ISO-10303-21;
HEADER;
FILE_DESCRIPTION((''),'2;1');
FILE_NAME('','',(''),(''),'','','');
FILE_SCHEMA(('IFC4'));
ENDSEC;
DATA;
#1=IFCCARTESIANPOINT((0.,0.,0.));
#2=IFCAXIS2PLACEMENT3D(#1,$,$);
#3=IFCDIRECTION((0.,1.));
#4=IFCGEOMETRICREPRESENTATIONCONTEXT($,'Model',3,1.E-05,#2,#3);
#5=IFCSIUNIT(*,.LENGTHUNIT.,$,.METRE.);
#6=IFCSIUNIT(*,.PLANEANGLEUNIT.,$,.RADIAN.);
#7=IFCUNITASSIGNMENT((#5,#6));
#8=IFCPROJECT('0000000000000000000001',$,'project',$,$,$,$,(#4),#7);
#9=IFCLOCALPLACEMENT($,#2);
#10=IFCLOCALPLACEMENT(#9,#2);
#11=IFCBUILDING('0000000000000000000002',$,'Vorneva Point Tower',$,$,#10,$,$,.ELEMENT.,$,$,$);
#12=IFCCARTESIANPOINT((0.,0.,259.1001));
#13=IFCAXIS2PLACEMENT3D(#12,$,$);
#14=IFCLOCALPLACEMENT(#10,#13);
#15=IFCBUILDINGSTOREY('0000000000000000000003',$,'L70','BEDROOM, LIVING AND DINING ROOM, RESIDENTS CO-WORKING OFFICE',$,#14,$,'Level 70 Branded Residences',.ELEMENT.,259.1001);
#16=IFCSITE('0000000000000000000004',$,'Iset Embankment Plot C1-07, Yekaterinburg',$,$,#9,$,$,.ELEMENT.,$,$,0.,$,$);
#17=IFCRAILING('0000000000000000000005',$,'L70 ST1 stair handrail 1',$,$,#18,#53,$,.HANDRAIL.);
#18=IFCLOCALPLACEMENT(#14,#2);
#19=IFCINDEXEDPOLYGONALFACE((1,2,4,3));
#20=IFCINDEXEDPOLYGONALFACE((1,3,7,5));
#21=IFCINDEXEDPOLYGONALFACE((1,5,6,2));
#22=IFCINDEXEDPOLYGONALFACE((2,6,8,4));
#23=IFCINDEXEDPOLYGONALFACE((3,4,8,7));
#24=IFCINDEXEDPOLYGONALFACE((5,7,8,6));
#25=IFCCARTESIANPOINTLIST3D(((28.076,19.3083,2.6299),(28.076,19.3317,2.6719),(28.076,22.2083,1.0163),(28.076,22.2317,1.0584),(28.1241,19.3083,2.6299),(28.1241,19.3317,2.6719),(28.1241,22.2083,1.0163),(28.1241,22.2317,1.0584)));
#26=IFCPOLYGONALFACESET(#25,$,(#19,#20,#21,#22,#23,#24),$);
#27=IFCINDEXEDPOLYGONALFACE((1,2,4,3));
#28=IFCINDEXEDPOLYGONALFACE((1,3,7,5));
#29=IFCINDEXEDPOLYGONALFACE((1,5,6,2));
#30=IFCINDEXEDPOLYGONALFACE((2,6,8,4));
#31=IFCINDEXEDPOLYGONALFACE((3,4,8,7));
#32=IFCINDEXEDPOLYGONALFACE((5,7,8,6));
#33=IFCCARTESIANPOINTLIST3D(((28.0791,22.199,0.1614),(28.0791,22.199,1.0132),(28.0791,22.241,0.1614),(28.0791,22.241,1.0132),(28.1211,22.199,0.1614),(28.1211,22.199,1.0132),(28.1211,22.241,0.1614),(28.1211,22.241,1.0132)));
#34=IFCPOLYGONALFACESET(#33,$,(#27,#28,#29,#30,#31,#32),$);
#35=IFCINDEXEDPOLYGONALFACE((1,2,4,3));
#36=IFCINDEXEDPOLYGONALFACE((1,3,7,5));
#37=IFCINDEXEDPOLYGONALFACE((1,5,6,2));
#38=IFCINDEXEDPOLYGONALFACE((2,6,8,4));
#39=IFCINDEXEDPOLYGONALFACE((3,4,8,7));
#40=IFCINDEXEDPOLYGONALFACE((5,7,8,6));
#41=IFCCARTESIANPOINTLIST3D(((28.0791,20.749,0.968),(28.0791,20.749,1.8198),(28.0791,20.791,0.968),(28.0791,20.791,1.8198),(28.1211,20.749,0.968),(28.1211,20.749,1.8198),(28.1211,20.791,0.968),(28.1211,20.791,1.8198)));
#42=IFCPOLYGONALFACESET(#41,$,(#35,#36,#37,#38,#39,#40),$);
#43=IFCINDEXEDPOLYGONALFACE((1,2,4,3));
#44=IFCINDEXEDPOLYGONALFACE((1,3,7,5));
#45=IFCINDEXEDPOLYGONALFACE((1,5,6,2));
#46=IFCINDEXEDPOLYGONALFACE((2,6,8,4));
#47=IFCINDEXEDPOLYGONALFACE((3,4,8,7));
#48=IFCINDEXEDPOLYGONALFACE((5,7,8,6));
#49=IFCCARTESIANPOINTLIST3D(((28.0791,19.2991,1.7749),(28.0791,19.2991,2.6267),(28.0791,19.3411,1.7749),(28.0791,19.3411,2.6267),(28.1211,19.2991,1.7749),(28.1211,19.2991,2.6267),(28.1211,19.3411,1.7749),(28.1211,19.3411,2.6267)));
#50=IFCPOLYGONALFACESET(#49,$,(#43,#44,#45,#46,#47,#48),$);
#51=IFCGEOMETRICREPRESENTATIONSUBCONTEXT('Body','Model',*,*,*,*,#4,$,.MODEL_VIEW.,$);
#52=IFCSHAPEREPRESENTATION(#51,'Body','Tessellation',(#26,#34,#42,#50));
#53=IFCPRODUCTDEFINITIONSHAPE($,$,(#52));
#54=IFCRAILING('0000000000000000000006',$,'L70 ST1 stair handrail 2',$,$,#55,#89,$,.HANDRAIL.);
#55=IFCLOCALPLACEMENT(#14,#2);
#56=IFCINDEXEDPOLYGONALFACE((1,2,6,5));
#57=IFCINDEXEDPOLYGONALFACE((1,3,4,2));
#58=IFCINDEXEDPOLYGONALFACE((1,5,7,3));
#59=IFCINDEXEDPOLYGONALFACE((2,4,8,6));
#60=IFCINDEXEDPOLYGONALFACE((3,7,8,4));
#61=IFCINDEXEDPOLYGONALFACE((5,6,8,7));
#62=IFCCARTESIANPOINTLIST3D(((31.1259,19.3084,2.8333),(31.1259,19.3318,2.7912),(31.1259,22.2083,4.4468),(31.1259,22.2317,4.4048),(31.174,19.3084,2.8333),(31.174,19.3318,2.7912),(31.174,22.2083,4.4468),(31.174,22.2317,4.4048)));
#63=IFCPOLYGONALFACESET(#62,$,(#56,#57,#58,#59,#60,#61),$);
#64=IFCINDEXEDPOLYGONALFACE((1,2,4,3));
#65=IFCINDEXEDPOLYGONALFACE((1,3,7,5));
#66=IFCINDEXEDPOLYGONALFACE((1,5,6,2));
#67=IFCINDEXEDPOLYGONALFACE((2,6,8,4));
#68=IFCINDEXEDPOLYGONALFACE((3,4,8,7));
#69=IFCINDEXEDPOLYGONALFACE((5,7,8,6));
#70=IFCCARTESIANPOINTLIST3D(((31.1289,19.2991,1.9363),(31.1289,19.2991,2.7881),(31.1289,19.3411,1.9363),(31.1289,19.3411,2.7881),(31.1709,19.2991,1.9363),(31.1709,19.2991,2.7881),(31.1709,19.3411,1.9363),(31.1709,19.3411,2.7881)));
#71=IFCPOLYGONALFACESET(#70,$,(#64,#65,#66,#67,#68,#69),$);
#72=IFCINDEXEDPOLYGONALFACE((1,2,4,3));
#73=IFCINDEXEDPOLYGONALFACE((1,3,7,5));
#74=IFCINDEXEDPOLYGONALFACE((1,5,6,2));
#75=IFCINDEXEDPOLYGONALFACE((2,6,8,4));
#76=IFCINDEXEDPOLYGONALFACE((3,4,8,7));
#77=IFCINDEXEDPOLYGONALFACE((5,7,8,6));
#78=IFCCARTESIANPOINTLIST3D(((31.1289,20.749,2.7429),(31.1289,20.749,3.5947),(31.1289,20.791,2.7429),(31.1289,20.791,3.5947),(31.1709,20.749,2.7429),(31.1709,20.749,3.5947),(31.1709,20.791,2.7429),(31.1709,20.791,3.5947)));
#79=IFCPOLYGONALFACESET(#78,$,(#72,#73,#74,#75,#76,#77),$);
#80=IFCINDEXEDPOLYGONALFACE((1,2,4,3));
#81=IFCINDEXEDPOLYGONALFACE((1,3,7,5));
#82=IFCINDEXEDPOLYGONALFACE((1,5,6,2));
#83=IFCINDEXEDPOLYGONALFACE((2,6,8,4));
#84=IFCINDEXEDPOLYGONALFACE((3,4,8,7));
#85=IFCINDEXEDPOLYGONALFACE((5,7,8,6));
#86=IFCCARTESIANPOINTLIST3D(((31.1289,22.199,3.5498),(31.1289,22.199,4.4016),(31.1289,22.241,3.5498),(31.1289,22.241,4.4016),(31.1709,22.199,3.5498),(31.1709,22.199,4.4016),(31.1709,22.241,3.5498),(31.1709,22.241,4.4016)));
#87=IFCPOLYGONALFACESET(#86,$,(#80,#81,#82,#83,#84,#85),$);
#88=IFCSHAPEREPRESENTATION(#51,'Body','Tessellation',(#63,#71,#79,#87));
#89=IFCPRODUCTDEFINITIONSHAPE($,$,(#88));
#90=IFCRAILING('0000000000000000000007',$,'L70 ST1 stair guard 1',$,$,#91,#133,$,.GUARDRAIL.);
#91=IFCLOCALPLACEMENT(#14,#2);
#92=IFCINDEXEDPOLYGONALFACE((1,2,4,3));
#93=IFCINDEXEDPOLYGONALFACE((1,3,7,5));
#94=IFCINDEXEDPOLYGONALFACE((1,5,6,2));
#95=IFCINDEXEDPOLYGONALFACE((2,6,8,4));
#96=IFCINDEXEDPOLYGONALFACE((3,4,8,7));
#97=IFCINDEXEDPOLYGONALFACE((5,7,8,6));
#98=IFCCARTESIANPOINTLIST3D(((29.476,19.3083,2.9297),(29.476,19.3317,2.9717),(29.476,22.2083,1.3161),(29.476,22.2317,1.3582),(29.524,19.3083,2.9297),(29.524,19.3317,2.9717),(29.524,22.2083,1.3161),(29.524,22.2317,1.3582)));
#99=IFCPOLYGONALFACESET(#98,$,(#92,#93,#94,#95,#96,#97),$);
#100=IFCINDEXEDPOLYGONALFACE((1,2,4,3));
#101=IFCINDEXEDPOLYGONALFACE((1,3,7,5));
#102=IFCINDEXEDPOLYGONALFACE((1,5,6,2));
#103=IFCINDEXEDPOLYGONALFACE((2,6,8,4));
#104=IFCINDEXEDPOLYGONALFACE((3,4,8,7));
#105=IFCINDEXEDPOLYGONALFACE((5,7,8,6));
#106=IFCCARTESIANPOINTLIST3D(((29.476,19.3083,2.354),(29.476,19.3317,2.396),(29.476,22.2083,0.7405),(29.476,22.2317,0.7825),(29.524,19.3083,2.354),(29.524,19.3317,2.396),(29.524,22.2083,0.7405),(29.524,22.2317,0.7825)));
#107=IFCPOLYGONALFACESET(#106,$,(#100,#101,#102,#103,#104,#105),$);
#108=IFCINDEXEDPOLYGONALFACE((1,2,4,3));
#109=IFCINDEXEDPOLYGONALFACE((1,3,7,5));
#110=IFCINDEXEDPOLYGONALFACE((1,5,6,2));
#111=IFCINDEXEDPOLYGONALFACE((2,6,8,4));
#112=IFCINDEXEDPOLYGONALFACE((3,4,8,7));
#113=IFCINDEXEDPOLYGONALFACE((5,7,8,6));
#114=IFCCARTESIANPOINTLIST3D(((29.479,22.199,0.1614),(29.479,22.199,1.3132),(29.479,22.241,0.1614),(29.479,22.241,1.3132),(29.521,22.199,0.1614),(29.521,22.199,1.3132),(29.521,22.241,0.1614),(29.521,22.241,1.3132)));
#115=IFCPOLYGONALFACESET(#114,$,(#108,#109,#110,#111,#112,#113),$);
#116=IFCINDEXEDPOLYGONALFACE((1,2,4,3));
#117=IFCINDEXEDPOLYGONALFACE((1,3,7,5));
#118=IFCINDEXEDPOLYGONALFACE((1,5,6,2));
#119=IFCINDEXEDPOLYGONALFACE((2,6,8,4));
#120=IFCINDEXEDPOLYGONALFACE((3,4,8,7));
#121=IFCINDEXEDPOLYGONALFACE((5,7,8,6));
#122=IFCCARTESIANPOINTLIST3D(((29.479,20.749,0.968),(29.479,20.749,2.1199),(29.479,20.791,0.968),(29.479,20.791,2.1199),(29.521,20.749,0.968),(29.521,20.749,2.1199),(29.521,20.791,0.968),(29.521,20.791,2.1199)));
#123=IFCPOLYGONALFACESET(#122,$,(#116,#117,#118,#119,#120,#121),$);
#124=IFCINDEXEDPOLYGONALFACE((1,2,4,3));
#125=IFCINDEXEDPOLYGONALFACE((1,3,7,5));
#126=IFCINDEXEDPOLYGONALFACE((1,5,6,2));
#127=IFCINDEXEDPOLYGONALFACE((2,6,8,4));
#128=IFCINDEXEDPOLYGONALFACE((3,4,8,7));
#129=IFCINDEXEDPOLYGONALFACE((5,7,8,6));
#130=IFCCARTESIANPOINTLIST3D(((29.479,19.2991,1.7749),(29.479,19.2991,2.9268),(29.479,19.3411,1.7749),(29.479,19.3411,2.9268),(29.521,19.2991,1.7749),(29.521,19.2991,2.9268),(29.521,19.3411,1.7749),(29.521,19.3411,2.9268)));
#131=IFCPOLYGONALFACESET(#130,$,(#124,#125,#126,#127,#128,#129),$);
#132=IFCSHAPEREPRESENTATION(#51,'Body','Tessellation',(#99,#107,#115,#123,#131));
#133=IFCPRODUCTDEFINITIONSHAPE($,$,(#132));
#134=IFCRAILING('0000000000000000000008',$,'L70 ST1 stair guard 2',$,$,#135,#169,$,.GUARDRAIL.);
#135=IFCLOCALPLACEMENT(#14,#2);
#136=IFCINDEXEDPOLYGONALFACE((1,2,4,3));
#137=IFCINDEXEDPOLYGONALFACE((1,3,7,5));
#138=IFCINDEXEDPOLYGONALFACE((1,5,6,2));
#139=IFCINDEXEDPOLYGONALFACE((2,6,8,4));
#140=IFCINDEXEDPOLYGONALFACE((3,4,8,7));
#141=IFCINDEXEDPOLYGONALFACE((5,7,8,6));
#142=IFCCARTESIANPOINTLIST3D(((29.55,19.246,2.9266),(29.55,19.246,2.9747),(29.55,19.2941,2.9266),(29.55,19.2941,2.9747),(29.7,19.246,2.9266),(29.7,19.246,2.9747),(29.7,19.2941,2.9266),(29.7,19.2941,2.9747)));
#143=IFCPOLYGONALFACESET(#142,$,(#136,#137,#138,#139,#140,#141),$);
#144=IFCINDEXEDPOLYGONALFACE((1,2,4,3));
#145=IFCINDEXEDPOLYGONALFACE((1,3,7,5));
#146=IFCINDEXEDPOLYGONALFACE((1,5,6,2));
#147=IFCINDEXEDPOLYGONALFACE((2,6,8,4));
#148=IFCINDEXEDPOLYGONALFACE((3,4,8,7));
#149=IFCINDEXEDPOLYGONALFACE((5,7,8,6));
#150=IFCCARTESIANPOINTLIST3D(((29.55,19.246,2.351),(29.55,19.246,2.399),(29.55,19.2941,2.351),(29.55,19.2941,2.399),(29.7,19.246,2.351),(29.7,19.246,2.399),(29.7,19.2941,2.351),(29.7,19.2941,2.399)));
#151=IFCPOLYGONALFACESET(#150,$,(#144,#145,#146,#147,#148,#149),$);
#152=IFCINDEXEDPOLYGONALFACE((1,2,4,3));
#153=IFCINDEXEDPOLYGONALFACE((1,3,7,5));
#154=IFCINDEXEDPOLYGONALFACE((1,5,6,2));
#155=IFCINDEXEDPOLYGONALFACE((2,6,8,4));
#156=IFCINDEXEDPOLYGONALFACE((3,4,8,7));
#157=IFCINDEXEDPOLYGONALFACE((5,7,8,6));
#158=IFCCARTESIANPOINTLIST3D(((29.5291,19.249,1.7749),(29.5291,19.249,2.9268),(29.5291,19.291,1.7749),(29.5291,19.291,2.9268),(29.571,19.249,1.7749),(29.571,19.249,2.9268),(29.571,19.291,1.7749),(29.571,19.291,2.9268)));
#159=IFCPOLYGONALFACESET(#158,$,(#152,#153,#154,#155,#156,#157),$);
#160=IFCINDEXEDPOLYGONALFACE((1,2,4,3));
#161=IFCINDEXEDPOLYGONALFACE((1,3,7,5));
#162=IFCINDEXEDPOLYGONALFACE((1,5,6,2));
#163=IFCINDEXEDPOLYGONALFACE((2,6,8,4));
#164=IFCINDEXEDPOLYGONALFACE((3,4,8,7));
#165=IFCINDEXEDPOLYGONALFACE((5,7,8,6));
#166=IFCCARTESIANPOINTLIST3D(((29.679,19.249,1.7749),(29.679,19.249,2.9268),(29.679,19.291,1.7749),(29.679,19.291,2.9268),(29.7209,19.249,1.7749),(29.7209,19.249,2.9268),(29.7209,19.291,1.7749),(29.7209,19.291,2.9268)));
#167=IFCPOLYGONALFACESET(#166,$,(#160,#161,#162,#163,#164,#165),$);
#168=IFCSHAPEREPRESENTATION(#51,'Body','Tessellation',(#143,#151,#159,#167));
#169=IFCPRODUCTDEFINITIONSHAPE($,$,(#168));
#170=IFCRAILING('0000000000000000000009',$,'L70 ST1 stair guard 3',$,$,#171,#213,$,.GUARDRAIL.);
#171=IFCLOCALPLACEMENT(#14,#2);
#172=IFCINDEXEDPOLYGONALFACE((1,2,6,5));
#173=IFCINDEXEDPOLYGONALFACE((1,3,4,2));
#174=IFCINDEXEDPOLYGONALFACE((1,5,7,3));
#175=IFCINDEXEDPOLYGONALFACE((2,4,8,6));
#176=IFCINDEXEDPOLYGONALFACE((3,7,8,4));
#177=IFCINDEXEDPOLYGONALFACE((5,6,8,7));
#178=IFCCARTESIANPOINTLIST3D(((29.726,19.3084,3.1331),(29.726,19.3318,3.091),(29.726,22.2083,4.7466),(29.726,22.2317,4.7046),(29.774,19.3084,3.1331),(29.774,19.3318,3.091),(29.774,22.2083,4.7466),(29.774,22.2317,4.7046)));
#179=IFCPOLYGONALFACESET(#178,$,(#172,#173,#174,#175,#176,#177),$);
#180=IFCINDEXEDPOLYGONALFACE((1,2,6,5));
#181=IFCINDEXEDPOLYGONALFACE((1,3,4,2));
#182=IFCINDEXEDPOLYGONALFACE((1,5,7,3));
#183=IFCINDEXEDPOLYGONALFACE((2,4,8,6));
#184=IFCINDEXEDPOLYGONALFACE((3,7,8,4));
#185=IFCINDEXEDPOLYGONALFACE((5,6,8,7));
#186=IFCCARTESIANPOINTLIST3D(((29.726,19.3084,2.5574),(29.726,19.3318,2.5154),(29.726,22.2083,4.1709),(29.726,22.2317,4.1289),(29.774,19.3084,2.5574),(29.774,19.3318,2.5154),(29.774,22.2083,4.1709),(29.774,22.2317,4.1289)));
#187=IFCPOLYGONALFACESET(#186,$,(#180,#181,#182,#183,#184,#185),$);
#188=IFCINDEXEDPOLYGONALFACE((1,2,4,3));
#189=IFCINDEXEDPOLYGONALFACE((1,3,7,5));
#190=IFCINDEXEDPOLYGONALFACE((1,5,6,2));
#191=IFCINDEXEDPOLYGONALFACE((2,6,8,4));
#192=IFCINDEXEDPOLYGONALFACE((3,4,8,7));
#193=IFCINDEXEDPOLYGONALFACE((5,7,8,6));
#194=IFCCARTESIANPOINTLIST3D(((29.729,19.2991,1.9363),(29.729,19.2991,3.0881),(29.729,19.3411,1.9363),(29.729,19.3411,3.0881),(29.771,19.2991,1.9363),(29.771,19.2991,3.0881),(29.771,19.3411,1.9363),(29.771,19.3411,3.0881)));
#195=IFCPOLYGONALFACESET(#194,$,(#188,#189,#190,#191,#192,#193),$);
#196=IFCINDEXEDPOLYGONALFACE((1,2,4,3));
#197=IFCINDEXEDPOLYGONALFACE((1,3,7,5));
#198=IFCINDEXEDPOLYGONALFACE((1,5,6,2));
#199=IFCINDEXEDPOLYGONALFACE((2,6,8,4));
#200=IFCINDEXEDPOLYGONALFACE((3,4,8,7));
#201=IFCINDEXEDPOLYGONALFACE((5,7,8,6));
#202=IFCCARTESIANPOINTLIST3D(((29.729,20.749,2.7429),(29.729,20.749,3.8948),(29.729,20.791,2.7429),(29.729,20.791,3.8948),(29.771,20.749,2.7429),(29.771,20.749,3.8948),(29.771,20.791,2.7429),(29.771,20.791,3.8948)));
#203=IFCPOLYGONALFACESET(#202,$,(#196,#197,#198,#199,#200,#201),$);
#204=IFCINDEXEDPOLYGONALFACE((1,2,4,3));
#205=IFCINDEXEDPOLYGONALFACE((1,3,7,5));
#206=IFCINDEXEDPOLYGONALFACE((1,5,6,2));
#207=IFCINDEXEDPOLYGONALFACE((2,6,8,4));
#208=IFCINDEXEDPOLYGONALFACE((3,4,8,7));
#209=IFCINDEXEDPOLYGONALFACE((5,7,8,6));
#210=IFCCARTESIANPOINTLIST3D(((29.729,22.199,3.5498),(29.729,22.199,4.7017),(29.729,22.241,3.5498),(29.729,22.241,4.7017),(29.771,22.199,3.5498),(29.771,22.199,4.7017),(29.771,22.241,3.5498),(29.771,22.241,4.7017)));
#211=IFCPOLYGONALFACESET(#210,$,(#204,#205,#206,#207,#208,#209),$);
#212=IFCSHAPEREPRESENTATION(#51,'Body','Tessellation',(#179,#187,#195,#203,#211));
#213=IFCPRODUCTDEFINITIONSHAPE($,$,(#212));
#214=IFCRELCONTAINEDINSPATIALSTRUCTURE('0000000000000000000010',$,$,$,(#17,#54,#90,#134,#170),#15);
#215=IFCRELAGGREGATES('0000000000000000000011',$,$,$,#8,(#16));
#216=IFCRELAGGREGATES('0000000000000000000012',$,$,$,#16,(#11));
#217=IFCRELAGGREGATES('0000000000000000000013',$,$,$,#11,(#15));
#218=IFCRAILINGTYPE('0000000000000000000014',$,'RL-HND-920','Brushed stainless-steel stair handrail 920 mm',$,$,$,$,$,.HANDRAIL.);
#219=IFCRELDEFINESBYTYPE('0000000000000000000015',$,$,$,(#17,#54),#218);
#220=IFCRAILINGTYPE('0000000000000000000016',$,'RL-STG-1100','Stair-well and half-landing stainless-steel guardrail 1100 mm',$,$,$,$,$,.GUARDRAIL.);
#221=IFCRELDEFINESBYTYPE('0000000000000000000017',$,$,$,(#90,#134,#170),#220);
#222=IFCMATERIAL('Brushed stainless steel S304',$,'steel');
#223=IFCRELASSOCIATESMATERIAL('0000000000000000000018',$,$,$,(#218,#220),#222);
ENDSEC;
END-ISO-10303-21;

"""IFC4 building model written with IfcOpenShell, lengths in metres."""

from ifc_helpers import new_model, si_unit, direction, frame, origin, origin_2d, place, context, subcontext, project, spatial, rectangle, extrude, material, type_object, element, save


model = new_model("IFC4")

# Units and contexts
model_context = context("Model", 3, precision=1e-05, world=origin(), true_north=direction((0.0, 1.0)))
body_context = subcontext(model_context, "Body", "Model", "MODEL_VIEW")
ifc_project = project(units=[si_unit("LENGTHUNIT", "METRE"), si_unit("PLANEANGLEUNIT", "RADIAN")], contexts=[model_context])

# Site, building, storey
site_placement = place(None, origin())
site = spatial("IfcSite", under=ifc_project, at=site_placement, Name="Iset Embankment Plot C1-07, Yekaterinburg", CompositionType="ELEMENT", RefElevation=0.0)
building_placement = place(site_placement, origin())
building = spatial("IfcBuilding", under=site, at=building_placement, Name="Vorneva Point Tower", CompositionType="ELEMENT")
storey_placement = place(building_placement, frame((0.0, 0.0, 259.1001)))
storey = spatial("IfcBuildingStorey", under=building, at=storey_placement, Name="L70", Description="BEDROOM, LIVING AND DINING ROOM, RESIDENTS CO-WORKING OFFICE", LongName="Level 70 Branded Residences", CompositionType="ELEMENT", Elevation=259.1001)

# Railings
ifc_material_1 = material(Name="Brushed stainless steel S304", Category="steel")
railing_type_1 = type_object("IfcRailingType", Name="RL-HND-920", Description="Brushed stainless-steel stair handrail 920 mm", PredefinedType="HANDRAIL", material=ifc_material_1)
railing_1_placement = place(storey_placement, frame((28.1001, 22.22, 0.1614)))
element("IfcRailing", 1, at=railing_1_placement, inside=storey, type_object=railing_type_1, Name="L70 ST1 stair handrail 1", PredefinedType="HANDRAIL", context=body_context, shape_type="SweptSolid", body=[
    extrude(rectangle(XDim=0.0481, YDim=0.0481, at=origin_2d()), frame((0.0, 0.0, 0.876), z_axis=(0.0, -0.873841, 0.486211), x_axis=(1.0, 0.0, 0.0)), (0.0, 0.0, 1.0), 3.3186),
    extrude(rectangle(XDim=0.042, YDim=0.042, at=origin_2d()), origin(), (0.0, 0.0, 1.0), 0.8518),
    extrude(rectangle(XDim=0.042, YDim=0.042, at=origin_2d()), frame((0.0, -1.45, 0.8066)), (0.0, 0.0, 1.0), 0.8518),
    extrude(rectangle(XDim=0.042, YDim=0.042, at=origin_2d()), frame((0.0, -2.8999, 1.6135)), (0.0, 0.0, 1.0), 0.8518),
])
railing_2_placement = place(storey_placement, frame((31.1499, 19.3201, 1.9363)))
element("IfcRailing", 2, at=railing_2_placement, inside=storey, type_object=railing_type_1, Name="L70 ST1 stair handrail 2", PredefinedType="HANDRAIL", context=body_context, shape_type="SweptSolid", body=[
    extrude(rectangle(XDim=0.0481, YDim=0.0481, at=origin_2d()), frame((0.0, 0.0, 0.876), z_axis=(0.0, 0.873841, 0.486211), x_axis=(-1.0, 0.0, 0.0)), (0.0, 0.0, 1.0), 3.3186),
    extrude(rectangle(XDim=0.042, YDim=0.042, at=origin_2d()), origin(), (0.0, 0.0, 1.0), 0.8518),
    extrude(rectangle(XDim=0.042, YDim=0.042, at=origin_2d()), frame((0.0, 1.45, 0.8066)), (0.0, 0.0, 1.0), 0.8518),
    extrude(rectangle(XDim=0.042, YDim=0.042, at=origin_2d()), frame((0.0, 2.8999, 1.6135)), (0.0, 0.0, 1.0), 0.8518),
])
railing_type_2 = type_object("IfcRailingType", Name="RL-STG-1100", Description="Stair-well and half-landing stainless-steel guardrail 1100 mm", PredefinedType="GUARDRAIL", material=ifc_material_1)
railing_3_placement = place(storey_placement, frame((29.5, 22.22, 0.1614)))
element("IfcRailing", 3, at=railing_3_placement, inside=storey, type_object=railing_type_2, Name="L70 ST1 stair guard 1", PredefinedType="GUARDRAIL", context=body_context, shape_type="SweptSolid", body=[
    extrude(rectangle(XDim=0.0481, YDim=0.0481, at=origin_2d()), frame((0.0, 0.0, 1.1758), z_axis=(0.0, -0.873841, 0.486211), x_axis=(1.0, 0.0, 0.0)), (0.0, 0.0, 1.0), 3.3186),
    extrude(rectangle(XDim=0.0481, YDim=0.0481, at=origin_2d()), frame((0.0, 0.0, 0.6001), z_axis=(0.0, -0.873841, 0.486211), x_axis=(1.0, 0.0, 0.0)), (0.0, 0.0, 1.0), 3.3186),
    extrude(rectangle(XDim=0.042, YDim=0.042, at=origin_2d()), origin(), (0.0, 0.0, 1.0), 1.1519),
    extrude(rectangle(XDim=0.042, YDim=0.042, at=origin_2d()), frame((0.0, -1.45, 0.8066)), (0.0, 0.0, 1.0), 1.1519),
    extrude(rectangle(XDim=0.042, YDim=0.042, at=origin_2d()), frame((0.0, -2.8999, 1.6135)), (0.0, 0.0, 1.0), 1.1519),
])
railing_4_placement = place(storey_placement, frame((29.55, 19.27, 1.7749)))
element("IfcRailing", 4, at=railing_4_placement, inside=storey, type_object=railing_type_2, Name="L70 ST1 stair guard 2", PredefinedType="GUARDRAIL", context=body_context, shape_type="SweptSolid", body=[
    extrude(rectangle(XDim=0.0481, YDim=0.0481, at=origin_2d()), frame((0.0, 0.0, 1.1758), z_axis=(1.0, 0.0, 0.0), x_axis=(0.0, 1.0, 0.0)), (0.0, 0.0, 1.0), 0.1499),
    extrude(rectangle(XDim=0.0481, YDim=0.0481, at=origin_2d()), frame((0.0, 0.0, 0.6001), z_axis=(1.0, 0.0, 0.0), x_axis=(0.0, 1.0, 0.0)), (0.0, 0.0, 1.0), 0.1499),
    extrude(rectangle(XDim=0.042, YDim=0.042, at=origin_2d()), origin(), (0.0, 0.0, 1.0), 1.1519),
    extrude(rectangle(XDim=0.042, YDim=0.042, at=origin_2d()), frame((0.1499, 0.0, 0.0)), (0.0, 0.0, 1.0), 1.1519),
])
railing_5_placement = place(storey_placement, frame((29.75, 19.3201, 1.9363)))
element("IfcRailing", 5, at=railing_5_placement, inside=storey, type_object=railing_type_2, Name="L70 ST1 stair guard 3", PredefinedType="GUARDRAIL", context=body_context, shape_type="SweptSolid", body=[
    extrude(rectangle(XDim=0.0481, YDim=0.0481, at=origin_2d()), frame((0.0, 0.0, 1.1758), z_axis=(0.0, 0.873841, 0.486211), x_axis=(-1.0, 0.0, 0.0)), (0.0, 0.0, 1.0), 3.3186),
    extrude(rectangle(XDim=0.0481, YDim=0.0481, at=origin_2d()), frame((0.0, 0.0, 0.6001), z_axis=(0.0, 0.873841, 0.486211), x_axis=(-1.0, 0.0, 0.0)), (0.0, 0.0, 1.0), 3.3186),
    extrude(rectangle(XDim=0.042, YDim=0.042, at=origin_2d()), origin(), (0.0, 0.0, 1.0), 1.1519),
    extrude(rectangle(XDim=0.042, YDim=0.042, at=origin_2d()), frame((0.0, 1.45, 0.8066)), (0.0, 0.0, 1.0), 1.1519),
    extrude(rectangle(XDim=0.042, YDim=0.042, at=origin_2d()), frame((0.0, 2.8999, 1.6135)), (0.0, 0.0, 1.0), 1.1519),
])

save(model, "model.ifc")
